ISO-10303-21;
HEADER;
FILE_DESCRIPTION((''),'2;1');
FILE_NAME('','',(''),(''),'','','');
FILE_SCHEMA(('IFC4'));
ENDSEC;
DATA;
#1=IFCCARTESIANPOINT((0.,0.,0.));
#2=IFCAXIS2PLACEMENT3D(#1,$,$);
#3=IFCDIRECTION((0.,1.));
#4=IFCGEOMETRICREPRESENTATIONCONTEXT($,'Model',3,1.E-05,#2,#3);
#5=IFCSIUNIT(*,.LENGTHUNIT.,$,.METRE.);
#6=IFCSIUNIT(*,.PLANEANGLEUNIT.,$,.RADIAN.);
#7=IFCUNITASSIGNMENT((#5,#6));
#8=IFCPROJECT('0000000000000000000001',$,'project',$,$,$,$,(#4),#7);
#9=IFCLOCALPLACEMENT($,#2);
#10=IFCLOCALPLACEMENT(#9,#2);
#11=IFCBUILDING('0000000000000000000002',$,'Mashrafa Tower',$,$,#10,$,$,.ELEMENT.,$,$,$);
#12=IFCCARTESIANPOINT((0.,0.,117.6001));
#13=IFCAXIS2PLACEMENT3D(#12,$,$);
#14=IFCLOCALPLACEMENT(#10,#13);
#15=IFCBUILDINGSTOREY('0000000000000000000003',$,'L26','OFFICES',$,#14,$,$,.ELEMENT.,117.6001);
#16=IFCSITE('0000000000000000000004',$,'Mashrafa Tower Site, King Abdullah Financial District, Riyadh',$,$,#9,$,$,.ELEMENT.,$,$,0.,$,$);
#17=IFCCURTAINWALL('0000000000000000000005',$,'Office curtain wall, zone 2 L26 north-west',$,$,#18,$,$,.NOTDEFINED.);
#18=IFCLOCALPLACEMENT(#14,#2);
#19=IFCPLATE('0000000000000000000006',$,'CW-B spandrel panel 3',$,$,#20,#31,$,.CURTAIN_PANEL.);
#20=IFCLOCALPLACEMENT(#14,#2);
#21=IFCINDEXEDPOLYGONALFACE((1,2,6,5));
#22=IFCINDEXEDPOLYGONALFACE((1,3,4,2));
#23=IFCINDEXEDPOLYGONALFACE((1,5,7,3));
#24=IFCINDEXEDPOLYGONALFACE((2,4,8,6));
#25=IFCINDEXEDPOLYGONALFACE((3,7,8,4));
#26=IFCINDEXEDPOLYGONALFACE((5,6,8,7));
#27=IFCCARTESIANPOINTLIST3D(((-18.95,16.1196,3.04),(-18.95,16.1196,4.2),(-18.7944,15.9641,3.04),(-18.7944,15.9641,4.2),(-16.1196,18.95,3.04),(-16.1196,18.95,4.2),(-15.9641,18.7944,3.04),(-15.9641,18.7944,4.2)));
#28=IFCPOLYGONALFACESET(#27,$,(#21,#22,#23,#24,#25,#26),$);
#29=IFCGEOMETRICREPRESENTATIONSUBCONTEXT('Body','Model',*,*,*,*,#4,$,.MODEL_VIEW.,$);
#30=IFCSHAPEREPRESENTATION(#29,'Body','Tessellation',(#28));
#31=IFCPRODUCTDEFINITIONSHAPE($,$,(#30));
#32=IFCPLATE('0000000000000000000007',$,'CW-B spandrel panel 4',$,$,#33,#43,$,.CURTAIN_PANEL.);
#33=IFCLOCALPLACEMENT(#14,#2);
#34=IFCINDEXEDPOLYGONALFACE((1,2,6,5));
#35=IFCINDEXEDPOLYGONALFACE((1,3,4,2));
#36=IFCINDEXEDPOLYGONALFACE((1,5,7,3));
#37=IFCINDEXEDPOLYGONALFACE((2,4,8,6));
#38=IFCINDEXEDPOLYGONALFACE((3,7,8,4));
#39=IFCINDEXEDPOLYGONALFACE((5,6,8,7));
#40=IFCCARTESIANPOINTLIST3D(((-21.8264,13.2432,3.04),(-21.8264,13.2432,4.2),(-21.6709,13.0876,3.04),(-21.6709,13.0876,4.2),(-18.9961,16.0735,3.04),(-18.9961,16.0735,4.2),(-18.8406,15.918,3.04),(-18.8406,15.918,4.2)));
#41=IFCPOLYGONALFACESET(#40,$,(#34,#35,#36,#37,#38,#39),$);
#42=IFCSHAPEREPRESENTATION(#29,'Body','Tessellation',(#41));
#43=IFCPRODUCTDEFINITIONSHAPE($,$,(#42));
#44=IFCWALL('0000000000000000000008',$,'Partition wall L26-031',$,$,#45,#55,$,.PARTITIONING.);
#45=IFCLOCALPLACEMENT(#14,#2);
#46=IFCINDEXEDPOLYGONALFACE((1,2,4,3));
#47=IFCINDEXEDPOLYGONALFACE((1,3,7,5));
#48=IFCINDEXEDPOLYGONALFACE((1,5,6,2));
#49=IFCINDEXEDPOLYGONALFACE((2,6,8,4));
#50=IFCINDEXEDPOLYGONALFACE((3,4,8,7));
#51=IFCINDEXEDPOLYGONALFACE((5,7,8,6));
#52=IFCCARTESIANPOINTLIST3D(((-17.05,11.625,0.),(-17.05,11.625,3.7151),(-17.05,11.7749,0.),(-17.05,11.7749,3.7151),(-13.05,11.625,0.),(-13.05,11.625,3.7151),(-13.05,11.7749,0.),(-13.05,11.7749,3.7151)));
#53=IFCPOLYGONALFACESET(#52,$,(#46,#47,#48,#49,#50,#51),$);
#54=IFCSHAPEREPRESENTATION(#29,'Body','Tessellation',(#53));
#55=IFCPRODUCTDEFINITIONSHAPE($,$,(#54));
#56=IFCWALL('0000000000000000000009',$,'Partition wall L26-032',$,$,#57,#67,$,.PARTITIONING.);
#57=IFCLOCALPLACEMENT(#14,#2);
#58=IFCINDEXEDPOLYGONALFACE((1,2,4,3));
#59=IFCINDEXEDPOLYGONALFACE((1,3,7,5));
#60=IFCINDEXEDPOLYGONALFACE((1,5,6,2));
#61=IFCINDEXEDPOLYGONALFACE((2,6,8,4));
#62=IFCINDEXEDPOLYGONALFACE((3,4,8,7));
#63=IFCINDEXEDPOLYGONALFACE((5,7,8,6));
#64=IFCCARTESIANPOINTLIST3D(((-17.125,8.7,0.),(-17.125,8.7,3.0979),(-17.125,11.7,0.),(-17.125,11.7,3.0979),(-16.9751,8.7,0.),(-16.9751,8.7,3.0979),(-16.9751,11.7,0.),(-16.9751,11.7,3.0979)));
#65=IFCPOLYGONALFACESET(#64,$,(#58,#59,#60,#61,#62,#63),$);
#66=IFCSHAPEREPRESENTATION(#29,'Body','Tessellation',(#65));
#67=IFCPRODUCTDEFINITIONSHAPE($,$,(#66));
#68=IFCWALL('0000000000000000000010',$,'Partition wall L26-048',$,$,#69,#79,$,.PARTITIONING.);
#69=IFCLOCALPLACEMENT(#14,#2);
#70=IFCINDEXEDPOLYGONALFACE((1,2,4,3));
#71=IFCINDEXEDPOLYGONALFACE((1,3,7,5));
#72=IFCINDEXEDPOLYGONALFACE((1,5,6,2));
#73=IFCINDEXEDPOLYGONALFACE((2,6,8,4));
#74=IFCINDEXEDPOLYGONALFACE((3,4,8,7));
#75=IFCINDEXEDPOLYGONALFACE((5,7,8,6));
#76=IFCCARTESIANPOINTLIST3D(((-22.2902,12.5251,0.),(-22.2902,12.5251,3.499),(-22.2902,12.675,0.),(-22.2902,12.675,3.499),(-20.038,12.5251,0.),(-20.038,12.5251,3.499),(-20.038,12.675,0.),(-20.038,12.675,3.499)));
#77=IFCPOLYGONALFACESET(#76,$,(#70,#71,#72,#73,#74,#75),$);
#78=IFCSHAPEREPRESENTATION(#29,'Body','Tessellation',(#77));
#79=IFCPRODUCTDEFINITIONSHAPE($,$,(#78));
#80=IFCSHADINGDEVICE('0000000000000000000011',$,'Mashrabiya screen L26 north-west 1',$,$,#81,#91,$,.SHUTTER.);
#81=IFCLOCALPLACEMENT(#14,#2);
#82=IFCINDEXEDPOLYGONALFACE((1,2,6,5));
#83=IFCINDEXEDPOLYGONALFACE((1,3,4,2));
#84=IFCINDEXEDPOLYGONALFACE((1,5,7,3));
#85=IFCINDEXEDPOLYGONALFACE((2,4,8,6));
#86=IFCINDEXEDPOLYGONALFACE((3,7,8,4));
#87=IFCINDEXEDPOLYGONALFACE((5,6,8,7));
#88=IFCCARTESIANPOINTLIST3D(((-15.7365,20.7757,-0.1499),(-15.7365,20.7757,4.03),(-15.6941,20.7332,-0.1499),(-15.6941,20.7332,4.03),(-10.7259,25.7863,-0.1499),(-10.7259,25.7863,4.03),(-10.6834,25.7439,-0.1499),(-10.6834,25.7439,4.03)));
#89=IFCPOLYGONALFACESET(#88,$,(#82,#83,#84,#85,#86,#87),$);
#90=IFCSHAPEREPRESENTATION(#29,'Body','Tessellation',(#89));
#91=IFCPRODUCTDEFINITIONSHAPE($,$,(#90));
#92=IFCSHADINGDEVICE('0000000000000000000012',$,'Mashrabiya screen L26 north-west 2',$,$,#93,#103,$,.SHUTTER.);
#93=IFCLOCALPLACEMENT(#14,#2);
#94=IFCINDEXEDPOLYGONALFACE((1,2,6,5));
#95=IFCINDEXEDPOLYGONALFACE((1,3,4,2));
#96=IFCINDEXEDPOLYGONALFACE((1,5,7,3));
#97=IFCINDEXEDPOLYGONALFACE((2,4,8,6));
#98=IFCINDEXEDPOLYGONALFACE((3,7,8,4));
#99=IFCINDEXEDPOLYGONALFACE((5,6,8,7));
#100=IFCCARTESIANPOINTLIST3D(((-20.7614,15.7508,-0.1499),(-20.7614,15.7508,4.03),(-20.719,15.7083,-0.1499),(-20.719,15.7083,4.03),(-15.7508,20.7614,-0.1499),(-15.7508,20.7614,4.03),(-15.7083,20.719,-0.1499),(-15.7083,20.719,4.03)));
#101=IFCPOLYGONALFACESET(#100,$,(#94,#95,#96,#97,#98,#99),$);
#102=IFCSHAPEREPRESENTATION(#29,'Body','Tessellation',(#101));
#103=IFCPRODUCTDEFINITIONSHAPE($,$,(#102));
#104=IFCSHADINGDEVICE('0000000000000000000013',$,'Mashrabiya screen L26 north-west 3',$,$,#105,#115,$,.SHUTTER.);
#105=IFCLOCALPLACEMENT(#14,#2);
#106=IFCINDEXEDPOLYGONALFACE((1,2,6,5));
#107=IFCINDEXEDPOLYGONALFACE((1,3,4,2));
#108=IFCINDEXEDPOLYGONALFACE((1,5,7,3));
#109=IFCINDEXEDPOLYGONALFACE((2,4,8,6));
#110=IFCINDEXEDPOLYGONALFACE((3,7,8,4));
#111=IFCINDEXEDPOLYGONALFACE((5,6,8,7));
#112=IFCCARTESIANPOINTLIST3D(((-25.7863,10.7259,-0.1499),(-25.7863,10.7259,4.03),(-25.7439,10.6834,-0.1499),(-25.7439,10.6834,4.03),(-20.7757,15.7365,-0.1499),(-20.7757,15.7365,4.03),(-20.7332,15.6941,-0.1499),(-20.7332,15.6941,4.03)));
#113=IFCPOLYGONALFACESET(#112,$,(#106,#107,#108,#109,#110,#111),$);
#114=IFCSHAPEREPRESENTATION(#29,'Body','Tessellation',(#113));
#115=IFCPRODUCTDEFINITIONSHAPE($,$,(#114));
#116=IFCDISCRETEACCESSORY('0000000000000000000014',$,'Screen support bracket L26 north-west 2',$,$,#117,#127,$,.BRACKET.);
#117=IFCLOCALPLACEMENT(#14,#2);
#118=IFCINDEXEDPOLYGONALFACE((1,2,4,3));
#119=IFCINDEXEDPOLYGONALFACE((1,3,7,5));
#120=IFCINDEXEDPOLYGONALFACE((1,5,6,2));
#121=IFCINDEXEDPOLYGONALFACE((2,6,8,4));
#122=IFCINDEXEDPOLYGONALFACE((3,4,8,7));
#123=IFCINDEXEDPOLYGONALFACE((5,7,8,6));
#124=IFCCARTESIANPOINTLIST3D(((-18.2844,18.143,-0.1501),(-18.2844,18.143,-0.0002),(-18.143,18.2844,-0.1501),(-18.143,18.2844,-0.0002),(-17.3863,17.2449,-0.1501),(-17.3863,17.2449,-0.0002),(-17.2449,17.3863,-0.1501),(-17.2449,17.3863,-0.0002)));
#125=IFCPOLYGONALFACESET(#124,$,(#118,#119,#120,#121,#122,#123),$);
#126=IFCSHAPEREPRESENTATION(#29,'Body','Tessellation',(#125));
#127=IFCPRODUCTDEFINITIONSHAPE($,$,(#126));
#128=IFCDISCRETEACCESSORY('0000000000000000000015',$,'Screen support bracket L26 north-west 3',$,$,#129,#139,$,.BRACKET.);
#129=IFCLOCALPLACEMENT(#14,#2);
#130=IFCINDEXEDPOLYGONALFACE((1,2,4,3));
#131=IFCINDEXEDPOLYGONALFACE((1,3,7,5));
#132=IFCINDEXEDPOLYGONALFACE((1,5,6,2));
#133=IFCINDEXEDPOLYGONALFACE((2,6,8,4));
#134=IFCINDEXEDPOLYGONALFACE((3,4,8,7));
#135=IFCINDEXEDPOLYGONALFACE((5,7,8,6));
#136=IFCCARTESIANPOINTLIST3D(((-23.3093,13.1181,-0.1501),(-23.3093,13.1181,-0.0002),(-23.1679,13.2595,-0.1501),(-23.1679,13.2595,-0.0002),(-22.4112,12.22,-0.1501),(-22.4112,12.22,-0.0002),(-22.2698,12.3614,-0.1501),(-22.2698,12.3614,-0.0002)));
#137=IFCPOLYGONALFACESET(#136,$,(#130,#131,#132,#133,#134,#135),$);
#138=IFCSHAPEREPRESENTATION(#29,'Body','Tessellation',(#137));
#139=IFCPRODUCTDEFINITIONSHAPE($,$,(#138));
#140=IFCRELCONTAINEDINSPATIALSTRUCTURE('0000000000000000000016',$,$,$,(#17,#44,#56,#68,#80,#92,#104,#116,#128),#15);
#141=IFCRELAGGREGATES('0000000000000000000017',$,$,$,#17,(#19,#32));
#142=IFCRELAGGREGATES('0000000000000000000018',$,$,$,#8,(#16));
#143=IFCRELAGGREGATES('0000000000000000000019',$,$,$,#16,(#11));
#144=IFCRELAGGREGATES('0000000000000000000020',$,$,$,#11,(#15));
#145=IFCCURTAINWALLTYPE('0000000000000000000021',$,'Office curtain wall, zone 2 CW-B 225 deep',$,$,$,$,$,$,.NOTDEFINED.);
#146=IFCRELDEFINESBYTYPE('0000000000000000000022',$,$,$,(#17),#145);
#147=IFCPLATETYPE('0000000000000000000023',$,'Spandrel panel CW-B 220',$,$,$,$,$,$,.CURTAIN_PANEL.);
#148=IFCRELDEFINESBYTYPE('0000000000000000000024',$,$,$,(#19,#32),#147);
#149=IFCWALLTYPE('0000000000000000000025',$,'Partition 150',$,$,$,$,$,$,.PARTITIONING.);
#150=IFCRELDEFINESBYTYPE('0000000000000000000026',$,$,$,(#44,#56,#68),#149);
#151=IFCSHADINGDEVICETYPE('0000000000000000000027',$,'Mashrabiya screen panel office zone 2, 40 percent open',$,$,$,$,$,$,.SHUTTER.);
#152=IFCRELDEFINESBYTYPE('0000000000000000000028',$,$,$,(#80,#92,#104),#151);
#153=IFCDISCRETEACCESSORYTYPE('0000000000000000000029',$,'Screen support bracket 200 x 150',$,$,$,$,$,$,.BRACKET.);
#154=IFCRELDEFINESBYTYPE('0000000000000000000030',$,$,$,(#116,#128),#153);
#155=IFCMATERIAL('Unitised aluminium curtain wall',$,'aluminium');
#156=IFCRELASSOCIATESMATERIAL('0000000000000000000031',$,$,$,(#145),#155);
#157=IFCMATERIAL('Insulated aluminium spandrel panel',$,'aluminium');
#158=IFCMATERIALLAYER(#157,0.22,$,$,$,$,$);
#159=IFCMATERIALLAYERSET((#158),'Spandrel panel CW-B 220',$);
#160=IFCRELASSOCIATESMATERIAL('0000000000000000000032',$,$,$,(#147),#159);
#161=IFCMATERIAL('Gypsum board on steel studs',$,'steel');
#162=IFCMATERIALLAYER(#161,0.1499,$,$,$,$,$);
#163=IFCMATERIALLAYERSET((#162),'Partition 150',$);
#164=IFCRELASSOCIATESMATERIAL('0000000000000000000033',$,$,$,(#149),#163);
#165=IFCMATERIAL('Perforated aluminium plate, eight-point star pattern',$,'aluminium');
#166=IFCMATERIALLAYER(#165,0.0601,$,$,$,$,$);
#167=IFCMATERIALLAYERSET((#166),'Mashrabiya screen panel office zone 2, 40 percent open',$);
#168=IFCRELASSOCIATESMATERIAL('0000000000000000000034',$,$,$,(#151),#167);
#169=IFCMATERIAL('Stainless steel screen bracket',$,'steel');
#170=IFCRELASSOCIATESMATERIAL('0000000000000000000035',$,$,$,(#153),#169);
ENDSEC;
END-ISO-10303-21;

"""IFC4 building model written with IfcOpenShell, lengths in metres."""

from ifc_helpers import new_model, si_unit, direction, frame, frame_2d, origin, origin_2d, place, context, subcontext, project, spatial, rectangle, extrude, source, transform, mapped, material, layer, layer_set, type_object, type_shapes, element, aggregate, save


model = new_model("IFC4")

# Units and contexts
model_context = context("Model", 3, precision=1e-05, world=origin(), true_north=direction((0.0, 1.0)))
body_context = subcontext(model_context, "Body", "Model", "MODEL_VIEW")
ifc_project = project(units=[si_unit("LENGTHUNIT", "METRE"), si_unit("PLANEANGLEUNIT", "RADIAN")], contexts=[model_context])

# Site, building, storey
site_placement = place(None, origin())
site = spatial("IfcSite", under=ifc_project, at=site_placement, Name="Mashrafa Tower Site, King Abdullah Financial District, Riyadh", CompositionType="ELEMENT", RefElevation=0.0)
building_placement = place(site_placement, origin())
building = spatial("IfcBuilding", under=site, at=building_placement, Name="Mashrafa Tower", CompositionType="ELEMENT")
storey_placement = place(building_placement, frame((0.0, 0.0, 117.6001)))
storey = spatial("IfcBuildingStorey", under=building, at=storey_placement, Name="L26", Description="OFFICES", CompositionType="ELEMENT", Elevation=117.6001)

# Curtain wall, plates
ifc_material_1 = material(Name="Unitised aluminium curtain wall", Category="aluminium")
curtain_wall_type = type_object("IfcCurtainWallType", Name="Office curtain wall, zone 2 CW-B 225 deep", PredefinedType="NOTDEFINED", material=ifc_material_1)
curtain_wall_placement = place(storey_placement, origin())
curtain_wall = element("IfcCurtainWall", 1, at=curtain_wall_placement, inside=storey, type_object=curtain_wall_type, Name="Office curtain wall, zone 2 L26 north-west", PredefinedType="NOTDEFINED")
ifc_material_2 = material(Name="Insulated aluminium spandrel panel", Category="aluminium")
ifc_layer_1 = layer(ifc_material_2, 0.22)
ifc_layer_set_1 = layer_set([ifc_layer_1], Name="Spandrel panel CW-B 220")
plate_type_1 = type_object("IfcPlateType", Name="Spandrel panel CW-B 220", PredefinedType="CURTAIN_PANEL", material=ifc_layer_set_1)
shared_shape_1 = source(origin(), body_context, "Body", "SweptSolid", [
    extrude(rectangle(XDim=4.0027, YDim=0.22, at=origin_2d()), origin(), (0.0, 0.0, 1.0), 1.1599),
])
plate_1_placement = place(storey_placement, frame((-17.457, 17.457, 3.04), z_axis=(0.0, 0.0, 1.0), x_axis=(-0.707107, -0.707107, 0.0)))
plate_1 = element("IfcPlate", 2, at=plate_1_placement, type_object=plate_type_1, Name="CW-B spandrel panel 3", PredefinedType="CURTAIN_PANEL", context=body_context, shape_type="MappedRepresentation", body=[
    mapped(shared_shape_1, transform((0.0, 0.0, 0.0))),
])
plate_2_placement = place(storey_placement, frame((-20.3335, 14.5806, 3.04), z_axis=(0.0, 0.0, 1.0), x_axis=(-0.707107, -0.707107, 0.0)))
plate_2 = element("IfcPlate", 3, at=plate_2_placement, type_object=plate_type_1, Name="CW-B spandrel panel 4", PredefinedType="CURTAIN_PANEL", context=body_context, shape_type="MappedRepresentation", body=[
    mapped(shared_shape_1, transform((0.0, 0.0, 0.0))),
])
aggregate(curtain_wall, [plate_1, plate_2])

# Walls
ifc_material_3 = material(Name="Gypsum board on steel studs", Category="steel")
ifc_layer_2 = layer(ifc_material_3, 0.1499)
ifc_layer_set_2 = layer_set([ifc_layer_2], Name="Partition 150")
wall_type = type_object("IfcWallType", Name="Partition 150", PredefinedType="PARTITIONING", material=ifc_layer_set_2)
wall_1_placement = place(storey_placement, frame((-13.05, 11.7, 0.0), z_axis=(0.0, 0.0, 1.0), x_axis=(-1.0, 0.0, 0.0)))
element("IfcWall", 4, at=wall_1_placement, inside=storey, type_object=wall_type, Name="Partition wall L26-031", PredefinedType="PARTITIONING", context=body_context, shape_type="SweptSolid", body=[
    extrude(rectangle(XDim=4.0, YDim=0.1499, at=frame_2d((2.0, 0.0))), origin(), (0.0, 0.0, 1.0), 3.7151),
])
wall_2_placement = place(storey_placement, frame((-17.05, 11.7, 0.0), z_axis=(0.0, 0.0, 1.0), x_axis=(0.0, -1.0, 0.0)))
element("IfcWall", 5, at=wall_2_placement, inside=storey, type_object=wall_type, Name="Partition wall L26-032", PredefinedType="PARTITIONING", context=body_context, shape_type="SweptSolid", body=[
    extrude(rectangle(XDim=3.0, YDim=0.1499, at=frame_2d((1.5, 0.0))), origin(), (0.0, 0.0, 1.0), 3.0979),
])
wall_3_placement = place(storey_placement, frame((-20.0381, 12.6001, 0.0), z_axis=(0.0, 0.0, 1.0), x_axis=(-1.0, 0.0, 0.0)))
element("IfcWall", 6, at=wall_3_placement, inside=storey, type_object=wall_type, Name="Partition wall L26-048", PredefinedType="PARTITIONING", context=body_context, shape_type="SweptSolid", body=[
    extrude(rectangle(XDim=2.2522, YDim=0.1499, at=frame_2d((1.126, 0.0))), origin(), (0.0, 0.0, 1.0), 3.499),
])

# Shading devices
ifc_material_4 = material(Name="Perforated aluminium plate, eight-point star pattern", Category="aluminium")
ifc_layer_3 = layer(ifc_material_4, 0.0601)
ifc_layer_set_3 = layer_set([ifc_layer_3], Name="Mashrabiya screen panel office zone 2, 40 percent open")
shading_device_type = type_object("IfcShadingDeviceType", Name="Mashrabiya screen panel office zone 2, 40 percent open", PredefinedType="SHUTTER", material=ifc_layer_set_3)
shared_shape_2 = source(origin(), body_context, "Body", "SweptSolid", [
    extrude(rectangle(XDim=7.0862, YDim=0.0601, at=origin_2d()), origin(), (0.0, 0.0, 1.0), 4.1799),
])
type_shapes(shading_device_type, [shared_shape_2])
for number, where, z_axis, x_axis, name in (
    (7, (-13.21, 23.2598, -0.1499), (0.0, 0.0, 1.0), (-0.707107, -0.707107, 0.0), "Mashrabiya screen L26 north-west 1"),
    (8, (-18.2349, 18.2349, -0.1499), (0.0, 0.0, 1.0), (-0.707107, -0.707107, 0.0), "Mashrabiya screen L26 north-west 2"),
    (9, (-23.2598, 13.21, -0.1499), (0.0, 0.0, 1.0), (-0.707107, -0.707107, 0.0), "Mashrabiya screen L26 north-west 3"),
):
    element("IfcShadingDevice", number, at=place(storey_placement, frame(where, z_axis=z_axis, x_axis=x_axis)), inside=storey, type_object=shading_device_type, Name=name, PredefinedType="SHUTTER", context=body_context, shape_type="MappedRepresentation", body=[
        mapped(shared_shape_2, transform((0.0, 0.0, 0.0))),
    ])

# Discrete accessories
ifc_material_5 = material(Name="Stainless steel screen bracket", Category="steel")
discrete_accessory_type = type_object("IfcDiscreteAccessoryType", Name="Screen support bracket 200 x 150", PredefinedType="BRACKET", material=ifc_material_5)
shared_shape_3 = source(origin(), body_context, "Body", "SweptSolid", [
    extrude(rectangle(XDim=0.2, YDim=1.27, at=origin_2d()), origin(), (0.0, 0.0, 1.0), 0.1499),
])
type_shapes(discrete_accessory_type, [shared_shape_3])
for number, where, z_axis, x_axis, name in (
    (10, (-17.7646, 17.7646, -0.1501), (0.0, 0.0, 1.0), (-0.707107, -0.707107, 0.0), "Screen support bracket L26 north-west 2"),
    (11, (-22.7896, 12.7397, -0.1501), (0.0, 0.0, 1.0), (-0.707107, -0.707107, 0.0), "Screen support bracket L26 north-west 3"),
):
    element("IfcDiscreteAccessory", number, at=place(storey_placement, frame(where, z_axis=z_axis, x_axis=x_axis)), inside=storey, type_object=discrete_accessory_type, Name=name, PredefinedType="BRACKET", context=body_context, shape_type="MappedRepresentation", body=[
        mapped(shared_shape_3, transform((0.0, 0.0, 0.0))),
    ])

save(model, "model.ifc")
